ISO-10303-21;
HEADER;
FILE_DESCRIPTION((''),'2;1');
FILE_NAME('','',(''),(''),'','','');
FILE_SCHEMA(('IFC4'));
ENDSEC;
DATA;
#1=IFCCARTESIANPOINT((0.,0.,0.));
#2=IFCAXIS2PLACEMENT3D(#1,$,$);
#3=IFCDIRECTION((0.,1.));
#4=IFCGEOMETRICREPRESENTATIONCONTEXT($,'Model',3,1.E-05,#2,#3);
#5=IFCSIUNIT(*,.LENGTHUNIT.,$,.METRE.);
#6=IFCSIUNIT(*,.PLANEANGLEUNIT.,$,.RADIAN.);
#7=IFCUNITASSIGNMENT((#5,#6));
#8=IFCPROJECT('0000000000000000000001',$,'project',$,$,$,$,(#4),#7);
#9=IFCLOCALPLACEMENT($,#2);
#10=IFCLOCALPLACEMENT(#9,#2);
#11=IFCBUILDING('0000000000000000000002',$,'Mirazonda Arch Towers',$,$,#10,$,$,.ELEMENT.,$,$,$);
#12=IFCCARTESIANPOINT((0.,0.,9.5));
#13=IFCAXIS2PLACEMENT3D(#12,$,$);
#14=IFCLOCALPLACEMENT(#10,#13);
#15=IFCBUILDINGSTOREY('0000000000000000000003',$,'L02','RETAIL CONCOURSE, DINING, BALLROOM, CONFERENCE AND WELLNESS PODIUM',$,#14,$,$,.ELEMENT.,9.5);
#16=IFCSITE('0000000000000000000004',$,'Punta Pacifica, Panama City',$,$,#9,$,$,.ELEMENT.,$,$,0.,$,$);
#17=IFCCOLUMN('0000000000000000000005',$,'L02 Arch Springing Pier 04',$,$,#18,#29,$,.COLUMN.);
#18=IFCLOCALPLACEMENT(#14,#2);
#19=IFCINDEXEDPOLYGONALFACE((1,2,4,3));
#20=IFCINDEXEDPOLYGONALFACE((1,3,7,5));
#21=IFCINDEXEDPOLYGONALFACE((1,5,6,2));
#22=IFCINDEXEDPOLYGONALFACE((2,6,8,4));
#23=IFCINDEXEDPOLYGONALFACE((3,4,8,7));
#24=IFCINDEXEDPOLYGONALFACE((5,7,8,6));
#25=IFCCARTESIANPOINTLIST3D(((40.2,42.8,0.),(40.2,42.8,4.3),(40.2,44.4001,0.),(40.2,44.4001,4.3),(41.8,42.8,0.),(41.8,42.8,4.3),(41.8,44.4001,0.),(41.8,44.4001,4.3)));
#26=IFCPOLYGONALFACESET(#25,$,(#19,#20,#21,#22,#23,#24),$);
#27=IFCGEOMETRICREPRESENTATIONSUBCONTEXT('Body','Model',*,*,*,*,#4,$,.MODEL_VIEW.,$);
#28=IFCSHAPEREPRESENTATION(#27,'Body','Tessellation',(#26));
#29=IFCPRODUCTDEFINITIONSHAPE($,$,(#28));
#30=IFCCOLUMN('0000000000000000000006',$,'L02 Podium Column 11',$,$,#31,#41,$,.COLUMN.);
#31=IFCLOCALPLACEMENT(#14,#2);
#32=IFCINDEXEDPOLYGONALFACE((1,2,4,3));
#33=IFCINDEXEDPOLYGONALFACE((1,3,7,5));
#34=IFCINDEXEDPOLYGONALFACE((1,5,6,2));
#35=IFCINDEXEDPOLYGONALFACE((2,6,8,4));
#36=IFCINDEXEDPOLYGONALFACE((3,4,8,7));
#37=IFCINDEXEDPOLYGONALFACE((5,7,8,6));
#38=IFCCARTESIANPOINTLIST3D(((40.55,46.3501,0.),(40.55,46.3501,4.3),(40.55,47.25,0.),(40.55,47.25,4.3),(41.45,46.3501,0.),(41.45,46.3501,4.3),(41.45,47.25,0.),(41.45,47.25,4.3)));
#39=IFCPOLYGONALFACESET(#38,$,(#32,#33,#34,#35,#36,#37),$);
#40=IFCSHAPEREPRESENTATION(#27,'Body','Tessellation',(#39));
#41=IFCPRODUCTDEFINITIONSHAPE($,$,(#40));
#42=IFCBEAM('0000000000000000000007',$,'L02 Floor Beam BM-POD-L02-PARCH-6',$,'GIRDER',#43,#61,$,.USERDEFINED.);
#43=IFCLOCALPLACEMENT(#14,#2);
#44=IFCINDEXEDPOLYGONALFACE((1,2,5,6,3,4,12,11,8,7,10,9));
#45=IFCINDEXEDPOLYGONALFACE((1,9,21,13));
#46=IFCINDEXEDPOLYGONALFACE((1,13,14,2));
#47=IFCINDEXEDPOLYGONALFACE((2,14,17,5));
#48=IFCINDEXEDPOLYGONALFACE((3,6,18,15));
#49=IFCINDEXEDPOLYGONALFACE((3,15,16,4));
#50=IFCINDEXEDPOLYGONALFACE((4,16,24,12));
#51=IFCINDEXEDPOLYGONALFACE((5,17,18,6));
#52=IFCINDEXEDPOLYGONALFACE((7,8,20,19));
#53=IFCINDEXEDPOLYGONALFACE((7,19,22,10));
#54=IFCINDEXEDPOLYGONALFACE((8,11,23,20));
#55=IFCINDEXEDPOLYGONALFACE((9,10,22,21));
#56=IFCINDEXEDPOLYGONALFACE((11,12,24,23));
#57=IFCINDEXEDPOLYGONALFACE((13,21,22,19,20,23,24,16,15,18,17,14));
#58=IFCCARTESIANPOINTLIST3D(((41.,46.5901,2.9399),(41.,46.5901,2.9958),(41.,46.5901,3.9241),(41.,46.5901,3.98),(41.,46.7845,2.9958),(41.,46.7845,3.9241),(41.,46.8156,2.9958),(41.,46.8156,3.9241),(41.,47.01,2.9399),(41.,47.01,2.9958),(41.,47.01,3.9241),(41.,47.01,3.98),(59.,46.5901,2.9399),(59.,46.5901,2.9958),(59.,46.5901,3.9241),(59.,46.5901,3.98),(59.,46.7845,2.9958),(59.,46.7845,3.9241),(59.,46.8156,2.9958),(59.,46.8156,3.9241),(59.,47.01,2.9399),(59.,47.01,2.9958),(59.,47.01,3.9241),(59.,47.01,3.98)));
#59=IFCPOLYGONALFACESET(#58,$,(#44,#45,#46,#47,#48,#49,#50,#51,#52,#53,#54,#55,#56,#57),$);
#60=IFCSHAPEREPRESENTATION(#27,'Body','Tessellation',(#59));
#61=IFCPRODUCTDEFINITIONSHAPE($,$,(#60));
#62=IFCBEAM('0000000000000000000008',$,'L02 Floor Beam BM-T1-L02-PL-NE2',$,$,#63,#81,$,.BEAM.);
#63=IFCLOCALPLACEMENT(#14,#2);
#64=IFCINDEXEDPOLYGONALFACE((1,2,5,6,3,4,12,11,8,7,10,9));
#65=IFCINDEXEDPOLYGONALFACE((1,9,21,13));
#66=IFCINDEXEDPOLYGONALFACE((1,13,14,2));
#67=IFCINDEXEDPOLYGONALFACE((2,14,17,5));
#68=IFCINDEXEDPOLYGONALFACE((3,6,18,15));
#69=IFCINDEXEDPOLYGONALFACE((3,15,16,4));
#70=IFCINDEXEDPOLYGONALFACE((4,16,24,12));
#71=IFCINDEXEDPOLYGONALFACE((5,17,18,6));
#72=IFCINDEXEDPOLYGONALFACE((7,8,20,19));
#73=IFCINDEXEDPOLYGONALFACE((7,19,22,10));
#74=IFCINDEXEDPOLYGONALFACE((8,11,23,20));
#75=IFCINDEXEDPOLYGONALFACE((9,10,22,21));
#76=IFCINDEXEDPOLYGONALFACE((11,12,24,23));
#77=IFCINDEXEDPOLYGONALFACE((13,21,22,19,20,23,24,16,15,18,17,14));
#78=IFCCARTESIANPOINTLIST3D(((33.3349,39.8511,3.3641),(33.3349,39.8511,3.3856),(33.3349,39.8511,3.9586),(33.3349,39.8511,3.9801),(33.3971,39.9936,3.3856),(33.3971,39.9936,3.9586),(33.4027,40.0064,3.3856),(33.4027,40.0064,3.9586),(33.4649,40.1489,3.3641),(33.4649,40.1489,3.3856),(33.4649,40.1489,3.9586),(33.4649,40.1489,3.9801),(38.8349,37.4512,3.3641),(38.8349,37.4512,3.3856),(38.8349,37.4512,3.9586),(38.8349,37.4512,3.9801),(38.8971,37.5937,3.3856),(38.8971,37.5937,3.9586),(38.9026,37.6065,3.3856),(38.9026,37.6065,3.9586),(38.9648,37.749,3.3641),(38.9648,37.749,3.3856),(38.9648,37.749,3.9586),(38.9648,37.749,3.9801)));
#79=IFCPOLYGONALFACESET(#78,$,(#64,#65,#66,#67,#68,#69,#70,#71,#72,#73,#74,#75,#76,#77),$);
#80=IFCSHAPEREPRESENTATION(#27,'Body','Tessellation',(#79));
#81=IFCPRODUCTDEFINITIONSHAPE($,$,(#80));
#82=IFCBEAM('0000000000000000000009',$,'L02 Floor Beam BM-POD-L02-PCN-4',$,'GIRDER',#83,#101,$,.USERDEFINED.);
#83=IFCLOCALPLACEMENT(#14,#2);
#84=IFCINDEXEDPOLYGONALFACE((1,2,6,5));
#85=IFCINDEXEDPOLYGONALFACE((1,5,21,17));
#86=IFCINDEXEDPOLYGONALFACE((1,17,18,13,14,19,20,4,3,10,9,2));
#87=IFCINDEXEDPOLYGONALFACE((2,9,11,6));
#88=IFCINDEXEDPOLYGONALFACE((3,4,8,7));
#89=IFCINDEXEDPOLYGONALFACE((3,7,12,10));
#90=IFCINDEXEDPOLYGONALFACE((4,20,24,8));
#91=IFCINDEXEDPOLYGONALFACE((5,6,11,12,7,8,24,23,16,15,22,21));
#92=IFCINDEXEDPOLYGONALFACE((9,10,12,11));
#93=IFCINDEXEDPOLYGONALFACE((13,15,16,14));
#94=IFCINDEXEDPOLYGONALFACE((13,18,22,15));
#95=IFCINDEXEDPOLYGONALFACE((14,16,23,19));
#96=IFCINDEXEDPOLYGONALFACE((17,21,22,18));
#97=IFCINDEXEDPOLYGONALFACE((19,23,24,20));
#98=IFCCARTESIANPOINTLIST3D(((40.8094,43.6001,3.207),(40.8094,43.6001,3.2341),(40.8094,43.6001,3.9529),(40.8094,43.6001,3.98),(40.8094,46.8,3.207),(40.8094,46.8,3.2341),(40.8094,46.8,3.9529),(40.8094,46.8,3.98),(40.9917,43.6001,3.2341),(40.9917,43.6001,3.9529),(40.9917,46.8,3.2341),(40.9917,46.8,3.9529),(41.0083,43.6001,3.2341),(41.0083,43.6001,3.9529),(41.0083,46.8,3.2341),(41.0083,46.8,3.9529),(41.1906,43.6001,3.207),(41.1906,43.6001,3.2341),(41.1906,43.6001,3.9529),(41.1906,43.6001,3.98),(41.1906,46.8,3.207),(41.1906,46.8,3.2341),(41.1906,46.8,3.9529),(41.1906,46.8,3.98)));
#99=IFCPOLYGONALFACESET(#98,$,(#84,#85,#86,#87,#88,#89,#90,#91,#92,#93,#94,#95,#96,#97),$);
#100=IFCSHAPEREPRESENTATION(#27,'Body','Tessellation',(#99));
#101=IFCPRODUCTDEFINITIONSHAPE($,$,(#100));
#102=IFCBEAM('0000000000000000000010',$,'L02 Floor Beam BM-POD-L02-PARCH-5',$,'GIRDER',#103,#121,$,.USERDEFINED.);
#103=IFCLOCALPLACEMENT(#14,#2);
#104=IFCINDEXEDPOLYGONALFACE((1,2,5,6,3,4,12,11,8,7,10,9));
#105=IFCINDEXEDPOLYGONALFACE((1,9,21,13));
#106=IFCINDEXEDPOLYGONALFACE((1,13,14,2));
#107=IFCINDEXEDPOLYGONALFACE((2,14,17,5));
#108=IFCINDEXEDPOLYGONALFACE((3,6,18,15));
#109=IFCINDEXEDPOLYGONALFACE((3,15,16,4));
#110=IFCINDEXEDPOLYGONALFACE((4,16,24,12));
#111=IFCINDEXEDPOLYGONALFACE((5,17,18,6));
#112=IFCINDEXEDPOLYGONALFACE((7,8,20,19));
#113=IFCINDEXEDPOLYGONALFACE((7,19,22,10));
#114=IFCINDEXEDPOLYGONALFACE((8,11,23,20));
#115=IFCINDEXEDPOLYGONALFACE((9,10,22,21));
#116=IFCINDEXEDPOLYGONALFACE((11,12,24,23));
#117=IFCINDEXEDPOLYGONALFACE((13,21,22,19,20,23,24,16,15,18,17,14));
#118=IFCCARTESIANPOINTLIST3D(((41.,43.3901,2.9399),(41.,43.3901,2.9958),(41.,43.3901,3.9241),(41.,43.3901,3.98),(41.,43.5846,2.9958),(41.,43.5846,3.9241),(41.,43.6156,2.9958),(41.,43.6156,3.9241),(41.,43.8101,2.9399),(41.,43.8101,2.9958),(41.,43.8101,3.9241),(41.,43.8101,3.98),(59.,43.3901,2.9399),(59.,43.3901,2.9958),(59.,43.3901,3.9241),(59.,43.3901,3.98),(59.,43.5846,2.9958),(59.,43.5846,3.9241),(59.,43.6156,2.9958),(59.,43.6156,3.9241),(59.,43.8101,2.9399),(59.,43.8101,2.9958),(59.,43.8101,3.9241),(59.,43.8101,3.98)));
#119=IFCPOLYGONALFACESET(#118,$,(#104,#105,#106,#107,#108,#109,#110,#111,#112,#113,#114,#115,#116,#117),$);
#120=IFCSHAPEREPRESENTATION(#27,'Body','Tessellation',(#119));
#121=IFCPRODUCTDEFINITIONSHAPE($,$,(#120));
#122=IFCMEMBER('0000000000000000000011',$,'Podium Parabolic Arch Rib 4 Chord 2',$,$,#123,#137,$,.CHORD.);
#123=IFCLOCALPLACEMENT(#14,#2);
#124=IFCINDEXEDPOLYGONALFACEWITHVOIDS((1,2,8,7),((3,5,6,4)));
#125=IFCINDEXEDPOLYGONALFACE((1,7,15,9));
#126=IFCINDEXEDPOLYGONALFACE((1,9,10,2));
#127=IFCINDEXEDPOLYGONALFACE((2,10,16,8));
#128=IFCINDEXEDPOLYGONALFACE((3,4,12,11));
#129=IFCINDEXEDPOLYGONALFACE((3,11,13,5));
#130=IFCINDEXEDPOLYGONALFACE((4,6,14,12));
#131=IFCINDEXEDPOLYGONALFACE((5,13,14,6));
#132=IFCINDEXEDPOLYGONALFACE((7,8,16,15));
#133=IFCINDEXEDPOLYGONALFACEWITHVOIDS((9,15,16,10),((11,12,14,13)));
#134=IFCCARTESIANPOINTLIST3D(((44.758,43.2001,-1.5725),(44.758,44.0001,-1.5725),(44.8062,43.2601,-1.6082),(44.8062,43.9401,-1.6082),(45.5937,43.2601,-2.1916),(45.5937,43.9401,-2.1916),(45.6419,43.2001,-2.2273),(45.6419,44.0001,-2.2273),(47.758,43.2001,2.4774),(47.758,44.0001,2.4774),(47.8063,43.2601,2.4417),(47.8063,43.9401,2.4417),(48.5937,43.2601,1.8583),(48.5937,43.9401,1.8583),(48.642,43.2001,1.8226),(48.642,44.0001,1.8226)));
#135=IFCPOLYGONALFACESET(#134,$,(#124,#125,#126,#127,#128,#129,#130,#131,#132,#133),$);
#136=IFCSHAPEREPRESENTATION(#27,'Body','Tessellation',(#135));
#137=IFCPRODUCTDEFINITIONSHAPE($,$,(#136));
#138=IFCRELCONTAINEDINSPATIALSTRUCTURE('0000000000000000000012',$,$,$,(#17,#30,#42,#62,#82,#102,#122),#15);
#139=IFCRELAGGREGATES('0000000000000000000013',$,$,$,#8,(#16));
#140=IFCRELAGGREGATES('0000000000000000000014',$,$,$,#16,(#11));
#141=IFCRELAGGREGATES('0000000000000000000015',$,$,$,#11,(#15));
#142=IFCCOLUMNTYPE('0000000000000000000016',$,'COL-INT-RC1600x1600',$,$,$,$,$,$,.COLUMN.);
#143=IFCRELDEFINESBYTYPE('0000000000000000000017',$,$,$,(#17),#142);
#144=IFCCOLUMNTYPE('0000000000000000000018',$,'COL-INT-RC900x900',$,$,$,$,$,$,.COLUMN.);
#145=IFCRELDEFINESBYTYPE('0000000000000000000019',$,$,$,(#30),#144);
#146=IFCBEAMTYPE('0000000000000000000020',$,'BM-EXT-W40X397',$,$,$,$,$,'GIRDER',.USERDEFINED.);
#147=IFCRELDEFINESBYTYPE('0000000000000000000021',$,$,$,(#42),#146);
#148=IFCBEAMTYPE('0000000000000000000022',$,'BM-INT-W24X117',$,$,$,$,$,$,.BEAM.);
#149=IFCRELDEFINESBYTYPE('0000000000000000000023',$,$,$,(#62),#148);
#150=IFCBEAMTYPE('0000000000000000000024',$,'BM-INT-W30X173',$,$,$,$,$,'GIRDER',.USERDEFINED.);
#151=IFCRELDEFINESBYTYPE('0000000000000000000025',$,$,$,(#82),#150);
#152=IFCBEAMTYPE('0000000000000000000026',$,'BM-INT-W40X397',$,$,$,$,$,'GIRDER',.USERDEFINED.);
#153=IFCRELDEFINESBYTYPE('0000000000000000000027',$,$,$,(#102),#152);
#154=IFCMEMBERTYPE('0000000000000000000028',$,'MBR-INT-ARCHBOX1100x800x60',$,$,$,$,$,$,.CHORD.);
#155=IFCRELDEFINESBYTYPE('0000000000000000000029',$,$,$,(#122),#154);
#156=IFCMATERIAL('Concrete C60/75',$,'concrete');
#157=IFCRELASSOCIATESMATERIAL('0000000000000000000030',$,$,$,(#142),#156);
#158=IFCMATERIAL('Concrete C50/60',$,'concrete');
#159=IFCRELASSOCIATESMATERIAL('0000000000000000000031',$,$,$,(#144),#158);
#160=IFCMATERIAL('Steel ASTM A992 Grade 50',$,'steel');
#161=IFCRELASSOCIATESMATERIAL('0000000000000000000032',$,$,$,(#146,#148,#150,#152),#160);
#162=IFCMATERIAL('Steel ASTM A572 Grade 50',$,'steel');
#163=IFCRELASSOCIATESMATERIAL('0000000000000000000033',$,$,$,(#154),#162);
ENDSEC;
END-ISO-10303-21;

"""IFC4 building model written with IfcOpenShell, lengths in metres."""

from ifc_helpers import new_model, si_unit, direction, frame, origin, origin_2d, place, context, subcontext, project, spatial, rectangle, hollow_rectangle, i_section, extrude, material, material_profile, profile_set, type_object, element, save


model = new_model("IFC4")

# Units and contexts
model_context = context("Model", 3, precision=1e-05, world=origin(), true_north=direction((0.0, 1.0)))
body_context = subcontext(model_context, "Body", "Model", "MODEL_VIEW")
ifc_project = project(units=[si_unit("LENGTHUNIT", "METRE"), si_unit("PLANEANGLEUNIT", "RADIAN")], contexts=[model_context])

# Site, building, storey
site_placement = place(None, origin())
site = spatial("IfcSite", under=ifc_project, at=site_placement, Name="Punta Pacifica, Panama City", CompositionType="ELEMENT", RefElevation=0.0)
building_placement = place(site_placement, origin())
building = spatial("IfcBuilding", under=site, at=building_placement, Name="Mirazonda Arch Towers", CompositionType="ELEMENT")
storey_placement = place(building_placement, frame((0.0, 0.0, 9.5)))
storey = spatial("IfcBuildingStorey", under=building, at=storey_placement, Name="L02", Description="RETAIL CONCOURSE, DINING, BALLROOM, CONFERENCE AND WELLNESS PODIUM", CompositionType="ELEMENT", Elevation=9.5)

# Columns
ifc_material_1 = material(Name="Concrete C60/75", Category="concrete")
ifc_material_profile_1 = material_profile(ifc_material_1, rectangle(XDim=1.6001, YDim=1.6001, at=origin_2d()), Name="RC1600x1600")
ifc_profile_set_1 = profile_set([ifc_material_profile_1], Name="Concrete C60/75")
column_type_1 = type_object("IfcColumnType", Name="COL-INT-RC1600x1600", PredefinedType="COLUMN", material=ifc_profile_set_1)
column_1_placement = place(storey_placement, frame((41.0, 43.6001, 0.0), z_axis=(0.0, 0.0, 1.0), x_axis=(1.0, 0.0, 0.0)))
element("IfcColumn", 1, at=column_1_placement, inside=storey, type_object=column_type_1, Name="L02 Arch Springing Pier 04", PredefinedType="COLUMN", context=body_context, shape_type="SweptSolid", body=[
    extrude(rectangle(XDim=1.6001, YDim=1.6001, at=origin_2d()), origin(), (0.0, 0.0, 1.0), 4.3),
])
ifc_material_2 = material(Name="Concrete C50/60", Category="concrete")
ifc_material_profile_2 = material_profile(ifc_material_2, rectangle(XDim=0.8999, YDim=0.8999, at=origin_2d()), Name="RC900x900")
ifc_profile_set_2 = profile_set([ifc_material_profile_2], Name="Concrete C50/60")
column_type_2 = type_object("IfcColumnType", Name="COL-INT-RC900x900", PredefinedType="COLUMN", material=ifc_profile_set_2)
column_2_placement = place(storey_placement, frame((41.0, 46.8, 0.0), z_axis=(0.0, 0.0, 1.0), x_axis=(1.0, 0.0, 0.0)))
element("IfcColumn", 2, at=column_2_placement, inside=storey, type_object=column_type_2, Name="L02 Podium Column 11", PredefinedType="COLUMN", context=body_context, shape_type="SweptSolid", body=[
    extrude(rectangle(XDim=0.8999, YDim=0.8999, at=origin_2d()), origin(), (0.0, 0.0, 1.0), 4.3),
])

# Beams
ifc_material_3 = material(Name="Steel ASTM A992 Grade 50", Category="steel")
ifc_material_profile_3 = material_profile(ifc_material_3, i_section(OverallWidth=0.4199, OverallDepth=1.04, WebThickness=0.031, FlangeThickness=0.0559, at=origin_2d()), Name="W40X397")
ifc_profile_set_3 = profile_set([ifc_material_profile_3], Name="Steel ASTM A992 Grade 50")
beam_type_1 = type_object("IfcBeamType", Name="BM-EXT-W40X397", ElementType="GIRDER", PredefinedType="USERDEFINED", material=ifc_profile_set_3)
beam_1_placement = place(storey_placement, frame((41.0, 46.8, 3.46), z_axis=(1.0, 0.0, 0.0), x_axis=(0.0, 1.0, 0.0)))
element("IfcBeam", 3, at=beam_1_placement, inside=storey, type_object=beam_type_1, Name="L02 Floor Beam BM-POD-L02-PARCH-6", ObjectType="GIRDER", PredefinedType="USERDEFINED", context=body_context, shape_type="SweptSolid", body=[
    extrude(i_section(OverallWidth=0.4199, OverallDepth=1.04, WebThickness=0.031, FlangeThickness=0.0559, at=origin_2d()), origin(), (0.0, 0.0, 1.0), 18.0),
])
ifc_material_profile_4 = material_profile(ifc_material_3, i_section(OverallWidth=0.325, OverallDepth=0.616, WebThickness=0.0139, FlangeThickness=0.0215, at=origin_2d()), Name="W24X117")
ifc_profile_set_4 = profile_set([ifc_material_profile_4], Name="Steel ASTM A992 Grade 50")
beam_type_2 = type_object("IfcBeamType", Name="BM-INT-W24X117", PredefinedType="BEAM", material=ifc_profile_set_4)
beam_2_placement = place(storey_placement, frame((33.3999, 40.0, 3.6721), z_axis=(0.916545, -0.399931, 0.0), x_axis=(0.399931, 0.916545, 0.0)))
element("IfcBeam", 4, at=beam_2_placement, inside=storey, type_object=beam_type_2, Name="L02 Floor Beam BM-T1-L02-PL-NE2", PredefinedType="BEAM", context=body_context, shape_type="SweptSolid", body=[
    extrude(i_section(OverallWidth=0.325, OverallDepth=0.616, WebThickness=0.0139, FlangeThickness=0.0215, at=origin_2d()), origin(), (0.0, 0.0, 1.0), 6.0007),
])
ifc_material_profile_5 = material_profile(ifc_material_3, i_section(OverallWidth=0.3811, OverallDepth=0.7729, WebThickness=0.0166, FlangeThickness=0.0271, at=origin_2d()), Name="W30X173")
ifc_profile_set_5 = profile_set([ifc_material_profile_5], Name="Steel ASTM A992 Grade 50")
beam_type_3 = type_object("IfcBeamType", Name="BM-INT-W30X173", ElementType="GIRDER", PredefinedType="USERDEFINED", material=ifc_profile_set_5)
beam_3_placement = place(storey_placement, frame((41.0, 43.6001, 3.5935), z_axis=(0.0, 1.0, 0.0), x_axis=(-1.0, 0.0, 0.0)))
element("IfcBeam", 5, at=beam_3_placement, inside=storey, type_object=beam_type_3, Name="L02 Floor Beam BM-POD-L02-PCN-4", ObjectType="GIRDER", PredefinedType="USERDEFINED", context=body_context, shape_type="SweptSolid", body=[
    extrude(i_section(OverallWidth=0.3811, OverallDepth=0.7729, WebThickness=0.0166, FlangeThickness=0.0271, at=origin_2d()), origin(), (0.0, 0.0, 1.0), 3.2),
])
ifc_material_profile_6 = material_profile(ifc_material_3, i_section(OverallWidth=0.4199, OverallDepth=1.04, WebThickness=0.031, FlangeThickness=0.0559, at=origin_2d()), Name="W40X397")
ifc_profile_set_6 = profile_set([ifc_material_profile_6], Name="Steel ASTM A992 Grade 50")
beam_type_4 = type_object("IfcBeamType", Name="BM-INT-W40X397", ElementType="GIRDER", PredefinedType="USERDEFINED", material=ifc_profile_set_6)
beam_4_placement = place(storey_placement, frame((41.0, 43.6001, 3.46), z_axis=(1.0, 0.0, 0.0), x_axis=(0.0, 1.0, 0.0)))
element("IfcBeam", 6, at=beam_4_placement, inside=storey, type_object=beam_type_4, Name="L02 Floor Beam BM-POD-L02-PARCH-5", ObjectType="GIRDER", PredefinedType="USERDEFINED", context=body_context, shape_type="SweptSolid", body=[
    extrude(i_section(OverallWidth=0.4199, OverallDepth=1.04, WebThickness=0.031, FlangeThickness=0.0559, at=origin_2d()), origin(), (0.0, 0.0, 1.0), 18.0),
])

# Member
ifc_material_4 = material(Name="Steel ASTM A572 Grade 50", Category="steel")
ifc_material_profile_7 = material_profile(ifc_material_4, hollow_rectangle(XDim=0.8, YDim=1.1001, WallThickness=0.0601, at=origin_2d()), Name="ARCHBOX1100x800x60")
ifc_profile_set_7 = profile_set([ifc_material_profile_7], Name="Steel ASTM A572 Grade 50")
member_type_1 = type_object("IfcMemberType", Name="MBR-INT-ARCHBOX1100x800x60", PredefinedType="CHORD", material=ifc_profile_set_7)
member_1_placement = place(storey_placement, frame((45.2, 43.6001, -1.8999), z_axis=(0.595246, 0.0, 0.803543), x_axis=(0.0, 1.0, 0.0)))
element("IfcMember", 7, at=member_1_placement, inside=storey, type_object=member_type_1, Name="Podium Parabolic Arch Rib 4 Chord 2", PredefinedType="CHORD", context=body_context, shape_type="SweptSolid", body=[
    extrude(hollow_rectangle(XDim=0.8, YDim=1.1001, WallThickness=0.0601, at=origin_2d()), origin(), (0.0, 0.0, 1.0), 5.04),
])

save(model, "model.ifc")
